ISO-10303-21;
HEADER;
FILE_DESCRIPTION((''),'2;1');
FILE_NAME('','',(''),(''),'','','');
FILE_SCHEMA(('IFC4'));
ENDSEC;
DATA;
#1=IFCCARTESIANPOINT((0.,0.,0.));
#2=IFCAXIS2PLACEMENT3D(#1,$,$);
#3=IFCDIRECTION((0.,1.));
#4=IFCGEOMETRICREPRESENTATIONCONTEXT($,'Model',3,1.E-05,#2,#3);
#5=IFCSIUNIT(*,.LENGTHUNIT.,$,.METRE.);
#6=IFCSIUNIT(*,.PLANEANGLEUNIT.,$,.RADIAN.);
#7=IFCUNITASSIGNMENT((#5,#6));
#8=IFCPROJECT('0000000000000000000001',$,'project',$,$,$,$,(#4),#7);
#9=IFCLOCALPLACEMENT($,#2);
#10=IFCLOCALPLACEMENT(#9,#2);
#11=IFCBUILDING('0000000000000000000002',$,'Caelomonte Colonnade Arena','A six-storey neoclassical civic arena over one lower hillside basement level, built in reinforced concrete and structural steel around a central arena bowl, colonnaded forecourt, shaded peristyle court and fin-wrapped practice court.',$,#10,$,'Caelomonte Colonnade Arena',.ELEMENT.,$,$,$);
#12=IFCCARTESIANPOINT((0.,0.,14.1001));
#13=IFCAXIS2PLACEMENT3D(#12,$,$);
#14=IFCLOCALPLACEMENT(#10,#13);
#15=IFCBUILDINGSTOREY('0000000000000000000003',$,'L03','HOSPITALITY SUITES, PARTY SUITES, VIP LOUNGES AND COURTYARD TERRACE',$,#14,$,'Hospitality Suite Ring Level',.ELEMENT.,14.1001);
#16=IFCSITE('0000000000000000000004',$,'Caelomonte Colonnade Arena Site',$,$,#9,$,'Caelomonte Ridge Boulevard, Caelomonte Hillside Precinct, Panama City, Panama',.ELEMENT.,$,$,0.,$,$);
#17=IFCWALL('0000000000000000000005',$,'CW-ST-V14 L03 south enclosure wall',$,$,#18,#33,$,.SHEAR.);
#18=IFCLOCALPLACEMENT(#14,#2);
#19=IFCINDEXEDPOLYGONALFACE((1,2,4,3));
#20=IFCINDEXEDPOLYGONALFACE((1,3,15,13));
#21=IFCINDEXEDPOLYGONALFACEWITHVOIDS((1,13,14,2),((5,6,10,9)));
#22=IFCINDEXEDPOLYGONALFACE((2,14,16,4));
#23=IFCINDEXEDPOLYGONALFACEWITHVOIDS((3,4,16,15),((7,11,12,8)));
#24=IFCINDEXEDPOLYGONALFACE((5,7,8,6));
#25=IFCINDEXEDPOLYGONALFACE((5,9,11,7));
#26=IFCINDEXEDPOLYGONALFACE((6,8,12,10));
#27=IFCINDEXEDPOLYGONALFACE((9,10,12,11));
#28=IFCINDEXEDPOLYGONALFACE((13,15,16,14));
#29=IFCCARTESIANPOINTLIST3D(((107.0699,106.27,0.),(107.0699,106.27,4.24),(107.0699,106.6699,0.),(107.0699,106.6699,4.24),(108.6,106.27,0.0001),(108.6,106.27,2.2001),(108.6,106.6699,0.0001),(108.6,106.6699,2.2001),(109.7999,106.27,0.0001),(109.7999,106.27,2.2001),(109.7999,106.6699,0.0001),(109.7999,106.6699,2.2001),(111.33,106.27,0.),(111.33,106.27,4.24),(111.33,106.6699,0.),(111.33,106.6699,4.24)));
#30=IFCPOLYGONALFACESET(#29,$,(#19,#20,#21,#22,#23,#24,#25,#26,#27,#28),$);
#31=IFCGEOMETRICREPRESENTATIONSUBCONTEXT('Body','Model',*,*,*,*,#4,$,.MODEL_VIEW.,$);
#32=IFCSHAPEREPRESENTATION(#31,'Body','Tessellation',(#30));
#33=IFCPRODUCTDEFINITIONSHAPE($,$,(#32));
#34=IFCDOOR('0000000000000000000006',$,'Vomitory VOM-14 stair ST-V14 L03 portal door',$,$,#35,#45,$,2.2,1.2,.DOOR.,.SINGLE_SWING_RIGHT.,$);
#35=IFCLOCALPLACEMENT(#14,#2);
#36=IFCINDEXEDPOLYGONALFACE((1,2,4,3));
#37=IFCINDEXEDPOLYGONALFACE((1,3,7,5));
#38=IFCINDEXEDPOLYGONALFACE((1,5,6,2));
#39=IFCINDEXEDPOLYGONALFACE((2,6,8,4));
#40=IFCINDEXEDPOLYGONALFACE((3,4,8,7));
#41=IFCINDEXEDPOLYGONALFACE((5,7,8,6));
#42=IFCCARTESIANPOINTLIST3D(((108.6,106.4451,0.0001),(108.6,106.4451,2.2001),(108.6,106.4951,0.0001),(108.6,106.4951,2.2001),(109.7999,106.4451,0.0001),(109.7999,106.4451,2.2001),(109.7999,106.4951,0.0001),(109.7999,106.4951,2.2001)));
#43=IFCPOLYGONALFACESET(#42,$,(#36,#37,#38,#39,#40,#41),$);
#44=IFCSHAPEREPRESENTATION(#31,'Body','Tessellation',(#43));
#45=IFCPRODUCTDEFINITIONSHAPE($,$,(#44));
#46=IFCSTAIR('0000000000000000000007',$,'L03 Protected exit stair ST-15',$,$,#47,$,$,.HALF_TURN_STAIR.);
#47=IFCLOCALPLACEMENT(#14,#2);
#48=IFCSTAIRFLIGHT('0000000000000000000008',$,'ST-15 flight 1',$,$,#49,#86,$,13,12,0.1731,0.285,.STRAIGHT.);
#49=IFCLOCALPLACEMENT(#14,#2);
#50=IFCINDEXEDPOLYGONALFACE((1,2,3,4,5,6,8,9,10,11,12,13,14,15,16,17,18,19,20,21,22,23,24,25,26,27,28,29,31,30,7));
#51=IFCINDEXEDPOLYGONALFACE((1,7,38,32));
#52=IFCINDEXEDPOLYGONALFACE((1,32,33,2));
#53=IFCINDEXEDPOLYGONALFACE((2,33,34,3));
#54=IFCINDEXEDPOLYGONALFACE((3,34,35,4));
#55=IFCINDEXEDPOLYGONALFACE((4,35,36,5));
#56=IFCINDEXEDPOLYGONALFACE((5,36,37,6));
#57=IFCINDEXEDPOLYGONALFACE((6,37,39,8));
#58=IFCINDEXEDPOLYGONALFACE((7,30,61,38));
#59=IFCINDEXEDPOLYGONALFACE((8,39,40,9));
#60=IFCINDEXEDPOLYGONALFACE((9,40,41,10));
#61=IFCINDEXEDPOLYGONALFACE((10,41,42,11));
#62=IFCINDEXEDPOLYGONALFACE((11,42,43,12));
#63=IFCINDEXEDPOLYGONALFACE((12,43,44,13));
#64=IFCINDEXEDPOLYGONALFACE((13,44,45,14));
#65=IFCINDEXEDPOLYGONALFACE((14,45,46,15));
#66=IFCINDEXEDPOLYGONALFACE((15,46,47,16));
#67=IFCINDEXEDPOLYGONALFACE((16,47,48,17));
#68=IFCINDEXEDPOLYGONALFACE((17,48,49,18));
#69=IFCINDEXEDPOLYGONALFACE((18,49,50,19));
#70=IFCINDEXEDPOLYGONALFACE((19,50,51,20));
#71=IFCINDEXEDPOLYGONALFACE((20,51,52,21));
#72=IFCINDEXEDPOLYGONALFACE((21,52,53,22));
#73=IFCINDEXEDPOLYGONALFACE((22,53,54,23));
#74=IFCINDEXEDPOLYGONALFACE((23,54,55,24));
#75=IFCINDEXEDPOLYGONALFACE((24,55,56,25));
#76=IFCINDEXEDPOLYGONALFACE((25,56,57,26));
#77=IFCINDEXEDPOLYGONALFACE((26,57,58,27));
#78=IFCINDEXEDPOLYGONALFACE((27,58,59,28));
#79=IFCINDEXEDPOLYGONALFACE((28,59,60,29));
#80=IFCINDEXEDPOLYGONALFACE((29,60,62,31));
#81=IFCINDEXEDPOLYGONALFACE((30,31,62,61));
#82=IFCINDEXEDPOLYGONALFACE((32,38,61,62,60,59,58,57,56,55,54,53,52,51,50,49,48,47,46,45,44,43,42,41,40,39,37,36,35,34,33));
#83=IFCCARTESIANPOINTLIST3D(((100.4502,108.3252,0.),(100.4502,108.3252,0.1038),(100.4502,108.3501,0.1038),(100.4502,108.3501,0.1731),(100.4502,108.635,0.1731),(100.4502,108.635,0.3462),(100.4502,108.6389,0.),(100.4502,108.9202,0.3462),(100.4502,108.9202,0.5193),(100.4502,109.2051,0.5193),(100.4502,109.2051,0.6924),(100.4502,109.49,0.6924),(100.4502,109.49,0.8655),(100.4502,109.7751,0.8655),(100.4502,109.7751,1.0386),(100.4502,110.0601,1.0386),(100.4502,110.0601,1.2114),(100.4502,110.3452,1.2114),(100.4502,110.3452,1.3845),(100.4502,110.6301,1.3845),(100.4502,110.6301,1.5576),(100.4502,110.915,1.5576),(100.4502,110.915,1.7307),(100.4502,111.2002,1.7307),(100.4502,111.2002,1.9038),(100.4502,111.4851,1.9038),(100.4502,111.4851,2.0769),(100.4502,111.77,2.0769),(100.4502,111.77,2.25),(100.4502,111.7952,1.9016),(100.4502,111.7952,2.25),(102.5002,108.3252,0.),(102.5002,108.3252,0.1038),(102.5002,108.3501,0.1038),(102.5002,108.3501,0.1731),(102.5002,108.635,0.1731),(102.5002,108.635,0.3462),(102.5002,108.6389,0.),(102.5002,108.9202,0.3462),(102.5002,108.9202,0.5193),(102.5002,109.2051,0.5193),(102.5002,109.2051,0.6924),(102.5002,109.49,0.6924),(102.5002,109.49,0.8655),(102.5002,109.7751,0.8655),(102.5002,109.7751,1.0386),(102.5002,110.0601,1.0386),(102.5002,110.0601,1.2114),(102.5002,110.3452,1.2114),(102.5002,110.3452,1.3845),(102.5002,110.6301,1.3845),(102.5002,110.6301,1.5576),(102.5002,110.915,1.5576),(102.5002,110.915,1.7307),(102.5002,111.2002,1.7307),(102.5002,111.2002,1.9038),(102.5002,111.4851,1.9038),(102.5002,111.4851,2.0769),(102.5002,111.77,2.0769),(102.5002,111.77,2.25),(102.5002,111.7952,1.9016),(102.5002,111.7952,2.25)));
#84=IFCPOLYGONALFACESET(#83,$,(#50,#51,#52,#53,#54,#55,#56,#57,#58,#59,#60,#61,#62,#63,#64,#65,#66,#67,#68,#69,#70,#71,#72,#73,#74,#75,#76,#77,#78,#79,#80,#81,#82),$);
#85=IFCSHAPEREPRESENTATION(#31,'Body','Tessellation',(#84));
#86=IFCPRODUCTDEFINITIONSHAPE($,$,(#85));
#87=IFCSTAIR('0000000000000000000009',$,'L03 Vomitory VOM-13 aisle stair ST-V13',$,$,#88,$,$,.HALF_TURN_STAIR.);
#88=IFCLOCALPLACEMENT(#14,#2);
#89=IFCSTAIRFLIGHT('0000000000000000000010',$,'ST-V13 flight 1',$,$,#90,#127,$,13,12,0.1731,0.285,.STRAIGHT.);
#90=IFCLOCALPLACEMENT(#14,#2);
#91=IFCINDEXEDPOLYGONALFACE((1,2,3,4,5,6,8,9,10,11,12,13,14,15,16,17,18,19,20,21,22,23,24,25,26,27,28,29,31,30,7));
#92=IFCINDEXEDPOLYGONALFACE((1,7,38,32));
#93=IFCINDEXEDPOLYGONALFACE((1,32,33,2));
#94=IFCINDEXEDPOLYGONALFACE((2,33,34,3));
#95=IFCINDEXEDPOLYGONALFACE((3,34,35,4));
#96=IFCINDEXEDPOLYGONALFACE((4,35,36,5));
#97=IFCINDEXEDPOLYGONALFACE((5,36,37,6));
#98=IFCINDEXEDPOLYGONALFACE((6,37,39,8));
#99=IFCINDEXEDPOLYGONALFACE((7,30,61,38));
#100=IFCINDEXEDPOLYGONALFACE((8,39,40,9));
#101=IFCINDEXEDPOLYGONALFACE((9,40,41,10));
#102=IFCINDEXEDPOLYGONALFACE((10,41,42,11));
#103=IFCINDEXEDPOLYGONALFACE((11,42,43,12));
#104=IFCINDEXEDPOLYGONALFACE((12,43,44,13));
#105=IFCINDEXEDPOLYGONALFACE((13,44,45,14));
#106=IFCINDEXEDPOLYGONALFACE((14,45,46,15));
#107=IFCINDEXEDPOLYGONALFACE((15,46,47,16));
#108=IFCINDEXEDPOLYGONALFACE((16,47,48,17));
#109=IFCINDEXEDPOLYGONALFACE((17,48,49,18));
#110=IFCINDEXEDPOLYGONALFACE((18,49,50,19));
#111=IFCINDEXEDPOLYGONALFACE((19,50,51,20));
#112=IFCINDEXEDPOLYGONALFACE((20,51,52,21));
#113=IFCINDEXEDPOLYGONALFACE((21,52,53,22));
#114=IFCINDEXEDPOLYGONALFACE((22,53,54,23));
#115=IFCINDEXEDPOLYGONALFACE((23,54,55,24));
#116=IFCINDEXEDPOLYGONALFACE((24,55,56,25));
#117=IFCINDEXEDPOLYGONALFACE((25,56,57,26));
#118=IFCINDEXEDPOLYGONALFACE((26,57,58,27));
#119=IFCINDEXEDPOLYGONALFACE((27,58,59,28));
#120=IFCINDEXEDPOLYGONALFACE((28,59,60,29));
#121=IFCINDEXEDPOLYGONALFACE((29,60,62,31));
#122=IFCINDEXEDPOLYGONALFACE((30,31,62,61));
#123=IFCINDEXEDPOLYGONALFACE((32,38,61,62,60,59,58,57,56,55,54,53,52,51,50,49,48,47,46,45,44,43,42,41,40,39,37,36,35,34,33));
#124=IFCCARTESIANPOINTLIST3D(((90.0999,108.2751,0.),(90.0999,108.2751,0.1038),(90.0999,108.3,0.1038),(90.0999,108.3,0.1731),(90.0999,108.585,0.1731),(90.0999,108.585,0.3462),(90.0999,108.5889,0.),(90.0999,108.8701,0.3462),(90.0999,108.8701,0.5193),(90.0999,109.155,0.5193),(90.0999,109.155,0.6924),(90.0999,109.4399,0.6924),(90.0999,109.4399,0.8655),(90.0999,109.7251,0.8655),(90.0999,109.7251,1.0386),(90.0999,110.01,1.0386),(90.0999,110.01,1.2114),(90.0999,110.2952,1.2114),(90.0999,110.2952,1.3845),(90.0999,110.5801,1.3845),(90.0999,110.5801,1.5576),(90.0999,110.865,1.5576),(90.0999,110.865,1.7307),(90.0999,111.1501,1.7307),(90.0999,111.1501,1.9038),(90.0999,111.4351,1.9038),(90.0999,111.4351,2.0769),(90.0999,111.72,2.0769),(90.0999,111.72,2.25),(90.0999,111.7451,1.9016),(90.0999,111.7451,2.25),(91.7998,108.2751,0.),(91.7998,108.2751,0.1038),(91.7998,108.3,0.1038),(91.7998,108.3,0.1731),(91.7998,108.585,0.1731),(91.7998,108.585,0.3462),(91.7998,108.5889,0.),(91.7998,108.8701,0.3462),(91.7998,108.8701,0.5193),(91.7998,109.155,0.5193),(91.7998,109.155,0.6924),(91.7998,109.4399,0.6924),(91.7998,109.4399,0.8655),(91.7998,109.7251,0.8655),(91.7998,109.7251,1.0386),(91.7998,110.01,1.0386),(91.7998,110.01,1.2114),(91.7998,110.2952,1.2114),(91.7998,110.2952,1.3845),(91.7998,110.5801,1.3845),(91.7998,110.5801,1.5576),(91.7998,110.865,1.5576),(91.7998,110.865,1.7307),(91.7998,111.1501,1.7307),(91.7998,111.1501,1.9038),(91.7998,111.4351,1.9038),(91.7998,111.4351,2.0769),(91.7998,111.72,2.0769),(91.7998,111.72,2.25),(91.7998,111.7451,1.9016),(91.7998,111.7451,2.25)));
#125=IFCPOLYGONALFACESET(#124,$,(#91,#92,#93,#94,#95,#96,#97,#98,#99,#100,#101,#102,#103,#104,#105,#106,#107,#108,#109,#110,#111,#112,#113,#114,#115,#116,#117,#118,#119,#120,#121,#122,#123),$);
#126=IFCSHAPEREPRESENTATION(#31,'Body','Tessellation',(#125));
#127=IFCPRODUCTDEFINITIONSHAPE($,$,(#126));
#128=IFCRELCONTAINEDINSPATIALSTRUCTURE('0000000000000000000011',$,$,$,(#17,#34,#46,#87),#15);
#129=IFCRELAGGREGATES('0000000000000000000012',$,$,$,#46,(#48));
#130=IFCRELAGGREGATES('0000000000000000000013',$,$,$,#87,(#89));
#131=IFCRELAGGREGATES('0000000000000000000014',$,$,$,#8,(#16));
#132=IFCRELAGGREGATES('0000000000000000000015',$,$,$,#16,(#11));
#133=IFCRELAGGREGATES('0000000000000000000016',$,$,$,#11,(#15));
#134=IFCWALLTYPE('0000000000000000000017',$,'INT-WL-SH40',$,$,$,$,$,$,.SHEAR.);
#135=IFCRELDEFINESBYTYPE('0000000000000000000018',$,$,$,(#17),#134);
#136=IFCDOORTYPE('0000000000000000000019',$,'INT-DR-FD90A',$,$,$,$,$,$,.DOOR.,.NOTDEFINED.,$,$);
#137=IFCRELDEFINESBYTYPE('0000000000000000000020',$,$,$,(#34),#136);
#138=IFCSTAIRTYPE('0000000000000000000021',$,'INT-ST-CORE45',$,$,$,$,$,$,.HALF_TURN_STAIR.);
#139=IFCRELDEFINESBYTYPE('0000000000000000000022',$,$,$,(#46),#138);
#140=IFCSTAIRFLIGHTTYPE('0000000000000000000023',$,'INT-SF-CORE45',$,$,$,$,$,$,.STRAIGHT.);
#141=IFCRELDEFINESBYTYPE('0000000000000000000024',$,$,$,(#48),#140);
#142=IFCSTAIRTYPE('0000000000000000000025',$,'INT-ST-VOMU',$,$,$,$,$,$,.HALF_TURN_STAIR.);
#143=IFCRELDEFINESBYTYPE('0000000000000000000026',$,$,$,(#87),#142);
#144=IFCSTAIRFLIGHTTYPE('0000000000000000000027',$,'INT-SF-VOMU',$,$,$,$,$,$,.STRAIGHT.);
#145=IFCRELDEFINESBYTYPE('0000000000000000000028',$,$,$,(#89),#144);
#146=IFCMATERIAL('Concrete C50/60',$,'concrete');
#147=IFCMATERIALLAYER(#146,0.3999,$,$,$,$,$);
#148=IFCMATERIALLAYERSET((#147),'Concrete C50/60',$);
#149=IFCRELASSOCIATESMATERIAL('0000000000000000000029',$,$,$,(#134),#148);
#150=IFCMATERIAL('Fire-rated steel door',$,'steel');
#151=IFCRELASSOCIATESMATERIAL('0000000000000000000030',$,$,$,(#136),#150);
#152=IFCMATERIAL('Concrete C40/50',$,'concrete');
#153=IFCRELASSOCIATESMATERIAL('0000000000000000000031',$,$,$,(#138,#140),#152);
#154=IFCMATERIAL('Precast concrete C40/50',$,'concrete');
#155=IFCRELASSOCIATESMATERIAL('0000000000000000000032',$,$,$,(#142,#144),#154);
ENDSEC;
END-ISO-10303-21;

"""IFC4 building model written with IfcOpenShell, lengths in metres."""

from ifc_helpers import new_model, si_unit, direction, frame, frame_2d, origin, place, context, subcontext, project, spatial, polyline, rectangle, outline, extrude, material, layer, layer_set, type_object, element, fill, aggregate, save


model = new_model("IFC4")

# Units and contexts
model_context = context("Model", 3, precision=1e-05, world=origin(), true_north=direction((0.0, 1.0)))
body_context = subcontext(model_context, "Body", "Model", "MODEL_VIEW")
ifc_project = project(units=[si_unit("LENGTHUNIT", "METRE"), si_unit("PLANEANGLEUNIT", "RADIAN")], contexts=[model_context])

# Site, building, storey
site_placement = place(None, origin())
site = spatial("IfcSite", under=ifc_project, at=site_placement, Name="Caelomonte Colonnade Arena Site", LongName="Caelomonte Ridge Boulevard, Caelomonte Hillside Precinct, Panama City, Panama", CompositionType="ELEMENT", RefElevation=0.0)
building_placement = place(site_placement, origin())
building = spatial("IfcBuilding", under=site, at=building_placement, Name="Caelomonte Colonnade Arena", Description="A six-storey neoclassical civic arena over one lower hillside basement level, built in reinforced concrete and structural steel around a central arena bowl, colonnaded forecourt, shaded peristyle court and fin-wrapped practice court.", LongName="Caelomonte Colonnade Arena", CompositionType="ELEMENT")
storey_placement = place(building_placement, frame((0.0, 0.0, 14.1001)))
storey = spatial("IfcBuildingStorey", under=building, at=storey_placement, Name="L03", Description="HOSPITALITY SUITES, PARTY SUITES, VIP LOUNGES AND COURTYARD TERRACE", LongName="Hospitality Suite Ring Level", CompositionType="ELEMENT", Elevation=14.1001)

# Shared definitions
ifc_material_1 = material(Name="Concrete C40/50", Category="concrete")

# Shared definitions
ifc_material_2 = material(Name="Concrete C50/60", Category="concrete")
ifc_layer_1 = layer(ifc_material_2, 0.3999)
ifc_layer_set_1 = layer_set([ifc_layer_1], Name="Concrete C50/60")
wall_type_1 = type_object("IfcWallType", Name="INT-WL-SH40", PredefinedType="SHEAR", material=ifc_layer_set_1)
ifc_material_3 = material(Name="Fire-rated steel door", Category="steel")
door_type_1 = type_object("IfcDoorType", Name="INT-DR-FD90A", OperationType="NOTDEFINED", PredefinedType="DOOR", material=ifc_material_3)

# Wall, opening, door
wall_1_placement = place(storey_placement, frame((107.0701, 106.47, 0.0), z_axis=(0.0, 0.0, 1.0), x_axis=(1.0, 0.0, 0.0)))
wall_1 = element("IfcWall", 1, at=wall_1_placement, inside=storey, type_object=wall_type_1, Name="CW-ST-V14 L03 south enclosure wall", PredefinedType="SHEAR", context=body_context, shape_type="SweptSolid", body=[
    extrude(rectangle(XDim=4.26, YDim=0.3999, at=frame_2d((2.1299, 0.0))), origin(), (0.0, 0.0, 1.0), 4.24),
])
opening_1_placement = place(wall_1_placement, frame((2.73, 0.0, 0.0), z_axis=(0.0, 0.0, 1.0), x_axis=(-1.0, 0.0, 0.0)))
opening_1 = element("IfcOpeningElement", 2, at=opening_1_placement, cuts=wall_1, PredefinedType="OPENING", context=body_context, shape_type="SweptSolid", body=[
    extrude(rectangle(XDim=1.2, YDim=2.2, at=frame_2d((0.6001, 1.1001))), frame((0.0, 0.21, 0.0), z_axis=(0.0, -1.0, 0.0), x_axis=(1.0, 0.0, 0.0)), (0.0, 0.0, 1.0), 0.4199),
])
door_1_placement = place(opening_1_placement, origin())
door_1 = element("IfcDoor", 3, at=door_1_placement, inside=storey, type_object=door_type_1, Name="Vomitory VOM-14 stair ST-V14 L03 portal door", OperationType="SINGLE_SWING_RIGHT", OverallHeight=2.2, OverallWidth=1.2, PredefinedType="DOOR", context=body_context, shape_type="SweptSolid", body=[
    extrude(rectangle(XDim=1.2, YDim=2.2, at=frame_2d((0.6001, 1.1001))), frame((0.0, 0.0249, 0.0), z_axis=(0.0, -1.0, 0.0), x_axis=(1.0, 0.0, 0.0)), (0.0, 0.0, 1.0), 0.05),
])
fill(opening_1, door_1)

# Stairs, stair flights
stair_type_1 = type_object("IfcStairType", Name="INT-ST-CORE45", PredefinedType="HALF_TURN_STAIR", material=ifc_material_1)
stair_1_placement = place(storey_placement, origin())
stair_1 = element("IfcStair", 4, at=stair_1_placement, inside=storey, type_object=stair_type_1, Name="L03 Protected exit stair ST-15", PredefinedType="HALF_TURN_STAIR")
stair_flight_type_1 = type_object("IfcStairFlightType", Name="INT-SF-CORE45", PredefinedType="STRAIGHT", material=ifc_material_1)
stair_flight_1_placement = place(storey_placement, frame((101.4751, 108.3501, 0.0), z_axis=(0.0, 0.0, 1.0), x_axis=(0.0, 1.0, 0.0)))
stair_flight_1 = element("IfcStairFlight", 5, at=stair_flight_1_placement, type_object=stair_flight_type_1, Name="ST-15 flight 1", NumberOfRisers=13, NumberOfTreads=12, PredefinedType="STRAIGHT", RiserHeight=0.1731, TreadLength=0.285, context=body_context, shape_type="SweptSolid", body=[
    extrude(outline(polyline([(-0.0249, 0.0), (-0.0249, 0.1038), (0.0, 0.1038), (0.0, 0.1731), (0.2849, 0.1731), (0.2849, 0.3462), (0.5701, 0.3462), (0.5701, 0.5193), (0.855, 0.5193), (0.855, 0.6924), (1.1399, 0.6924), (1.1399, 0.8655), (1.425, 0.8655), (1.425, 1.0386), (1.71, 1.0386), (1.71, 1.2114), (1.9951, 1.2114), (1.9951, 1.3845), (2.28, 1.3845), (2.28, 1.5576), (2.5649, 1.5576), (2.5649, 1.7307), (2.8501, 1.7307), (2.8501, 1.9038), (3.135, 1.9038), (3.135, 2.0769), (3.4199, 2.0769), (3.4199, 2.25), (3.4451, 2.25), (3.4451, 1.9016), (0.2888, 0.0), (-0.0249, 0.0)])), frame((0.0, 1.0249, 0.0), z_axis=(0.0, -1.0, 0.0), x_axis=(1.0, 0.0, 0.0)), (0.0, 0.0, 1.0), 2.05),
])
aggregate(stair_1, [stair_flight_1])
ifc_material_4 = material(Name="Precast concrete C40/50", Category="concrete")
stair_type_2 = type_object("IfcStairType", Name="INT-ST-VOMU", PredefinedType="HALF_TURN_STAIR", material=ifc_material_4)
stair_2_placement = place(storey_placement, origin())
stair_2 = element("IfcStair", 6, at=stair_2_placement, inside=storey, type_object=stair_type_2, Name="L03 Vomitory VOM-13 aisle stair ST-V13", PredefinedType="HALF_TURN_STAIR")
stair_flight_type_2 = type_object("IfcStairFlightType", Name="INT-SF-VOMU", PredefinedType="STRAIGHT", material=ifc_material_4)
stair_flight_2_placement = place(storey_placement, frame((90.95, 108.3, 0.0), z_axis=(0.0, 0.0, 1.0), x_axis=(0.0, 1.0, 0.0)))
stair_flight_2 = element("IfcStairFlight", 7, at=stair_flight_2_placement, type_object=stair_flight_type_2, Name="ST-V13 flight 1", NumberOfRisers=13, NumberOfTreads=12, PredefinedType="STRAIGHT", RiserHeight=0.1731, TreadLength=0.285, context=body_context, shape_type="SweptSolid", body=[
    extrude(outline(polyline([(-0.0249, 0.0), (-0.0249, 0.1038), (0.0, 0.1038), (0.0, 0.1731), (0.2849, 0.1731), (0.2849, 0.3462), (0.5701, 0.3462), (0.5701, 0.5193), (0.855, 0.5193), (0.855, 0.6924), (1.1399, 0.6924), (1.1399, 0.8655), (1.425, 0.8655), (1.425, 1.0386), (1.71, 1.0386), (1.71, 1.2114), (1.9951, 1.2114), (1.9951, 1.3845), (2.28, 1.3845), (2.28, 1.5576), (2.5649, 1.5576), (2.5649, 1.7307), (2.8501, 1.7307), (2.8501, 1.9038), (3.135, 1.9038), (3.135, 2.0769), (3.4199, 2.0769), (3.4199, 2.25), (3.4451, 2.25), (3.4451, 1.9016), (0.2888, 0.0), (-0.0249, 0.0)])), frame((0.0, 0.8501, 0.0), z_axis=(0.0, -1.0, 0.0), x_axis=(1.0, 0.0, 0.0)), (0.0, 0.0, 1.0), 1.7),
])
aggregate(stair_2, [stair_flight_2])

save(model, "model.ifc")
